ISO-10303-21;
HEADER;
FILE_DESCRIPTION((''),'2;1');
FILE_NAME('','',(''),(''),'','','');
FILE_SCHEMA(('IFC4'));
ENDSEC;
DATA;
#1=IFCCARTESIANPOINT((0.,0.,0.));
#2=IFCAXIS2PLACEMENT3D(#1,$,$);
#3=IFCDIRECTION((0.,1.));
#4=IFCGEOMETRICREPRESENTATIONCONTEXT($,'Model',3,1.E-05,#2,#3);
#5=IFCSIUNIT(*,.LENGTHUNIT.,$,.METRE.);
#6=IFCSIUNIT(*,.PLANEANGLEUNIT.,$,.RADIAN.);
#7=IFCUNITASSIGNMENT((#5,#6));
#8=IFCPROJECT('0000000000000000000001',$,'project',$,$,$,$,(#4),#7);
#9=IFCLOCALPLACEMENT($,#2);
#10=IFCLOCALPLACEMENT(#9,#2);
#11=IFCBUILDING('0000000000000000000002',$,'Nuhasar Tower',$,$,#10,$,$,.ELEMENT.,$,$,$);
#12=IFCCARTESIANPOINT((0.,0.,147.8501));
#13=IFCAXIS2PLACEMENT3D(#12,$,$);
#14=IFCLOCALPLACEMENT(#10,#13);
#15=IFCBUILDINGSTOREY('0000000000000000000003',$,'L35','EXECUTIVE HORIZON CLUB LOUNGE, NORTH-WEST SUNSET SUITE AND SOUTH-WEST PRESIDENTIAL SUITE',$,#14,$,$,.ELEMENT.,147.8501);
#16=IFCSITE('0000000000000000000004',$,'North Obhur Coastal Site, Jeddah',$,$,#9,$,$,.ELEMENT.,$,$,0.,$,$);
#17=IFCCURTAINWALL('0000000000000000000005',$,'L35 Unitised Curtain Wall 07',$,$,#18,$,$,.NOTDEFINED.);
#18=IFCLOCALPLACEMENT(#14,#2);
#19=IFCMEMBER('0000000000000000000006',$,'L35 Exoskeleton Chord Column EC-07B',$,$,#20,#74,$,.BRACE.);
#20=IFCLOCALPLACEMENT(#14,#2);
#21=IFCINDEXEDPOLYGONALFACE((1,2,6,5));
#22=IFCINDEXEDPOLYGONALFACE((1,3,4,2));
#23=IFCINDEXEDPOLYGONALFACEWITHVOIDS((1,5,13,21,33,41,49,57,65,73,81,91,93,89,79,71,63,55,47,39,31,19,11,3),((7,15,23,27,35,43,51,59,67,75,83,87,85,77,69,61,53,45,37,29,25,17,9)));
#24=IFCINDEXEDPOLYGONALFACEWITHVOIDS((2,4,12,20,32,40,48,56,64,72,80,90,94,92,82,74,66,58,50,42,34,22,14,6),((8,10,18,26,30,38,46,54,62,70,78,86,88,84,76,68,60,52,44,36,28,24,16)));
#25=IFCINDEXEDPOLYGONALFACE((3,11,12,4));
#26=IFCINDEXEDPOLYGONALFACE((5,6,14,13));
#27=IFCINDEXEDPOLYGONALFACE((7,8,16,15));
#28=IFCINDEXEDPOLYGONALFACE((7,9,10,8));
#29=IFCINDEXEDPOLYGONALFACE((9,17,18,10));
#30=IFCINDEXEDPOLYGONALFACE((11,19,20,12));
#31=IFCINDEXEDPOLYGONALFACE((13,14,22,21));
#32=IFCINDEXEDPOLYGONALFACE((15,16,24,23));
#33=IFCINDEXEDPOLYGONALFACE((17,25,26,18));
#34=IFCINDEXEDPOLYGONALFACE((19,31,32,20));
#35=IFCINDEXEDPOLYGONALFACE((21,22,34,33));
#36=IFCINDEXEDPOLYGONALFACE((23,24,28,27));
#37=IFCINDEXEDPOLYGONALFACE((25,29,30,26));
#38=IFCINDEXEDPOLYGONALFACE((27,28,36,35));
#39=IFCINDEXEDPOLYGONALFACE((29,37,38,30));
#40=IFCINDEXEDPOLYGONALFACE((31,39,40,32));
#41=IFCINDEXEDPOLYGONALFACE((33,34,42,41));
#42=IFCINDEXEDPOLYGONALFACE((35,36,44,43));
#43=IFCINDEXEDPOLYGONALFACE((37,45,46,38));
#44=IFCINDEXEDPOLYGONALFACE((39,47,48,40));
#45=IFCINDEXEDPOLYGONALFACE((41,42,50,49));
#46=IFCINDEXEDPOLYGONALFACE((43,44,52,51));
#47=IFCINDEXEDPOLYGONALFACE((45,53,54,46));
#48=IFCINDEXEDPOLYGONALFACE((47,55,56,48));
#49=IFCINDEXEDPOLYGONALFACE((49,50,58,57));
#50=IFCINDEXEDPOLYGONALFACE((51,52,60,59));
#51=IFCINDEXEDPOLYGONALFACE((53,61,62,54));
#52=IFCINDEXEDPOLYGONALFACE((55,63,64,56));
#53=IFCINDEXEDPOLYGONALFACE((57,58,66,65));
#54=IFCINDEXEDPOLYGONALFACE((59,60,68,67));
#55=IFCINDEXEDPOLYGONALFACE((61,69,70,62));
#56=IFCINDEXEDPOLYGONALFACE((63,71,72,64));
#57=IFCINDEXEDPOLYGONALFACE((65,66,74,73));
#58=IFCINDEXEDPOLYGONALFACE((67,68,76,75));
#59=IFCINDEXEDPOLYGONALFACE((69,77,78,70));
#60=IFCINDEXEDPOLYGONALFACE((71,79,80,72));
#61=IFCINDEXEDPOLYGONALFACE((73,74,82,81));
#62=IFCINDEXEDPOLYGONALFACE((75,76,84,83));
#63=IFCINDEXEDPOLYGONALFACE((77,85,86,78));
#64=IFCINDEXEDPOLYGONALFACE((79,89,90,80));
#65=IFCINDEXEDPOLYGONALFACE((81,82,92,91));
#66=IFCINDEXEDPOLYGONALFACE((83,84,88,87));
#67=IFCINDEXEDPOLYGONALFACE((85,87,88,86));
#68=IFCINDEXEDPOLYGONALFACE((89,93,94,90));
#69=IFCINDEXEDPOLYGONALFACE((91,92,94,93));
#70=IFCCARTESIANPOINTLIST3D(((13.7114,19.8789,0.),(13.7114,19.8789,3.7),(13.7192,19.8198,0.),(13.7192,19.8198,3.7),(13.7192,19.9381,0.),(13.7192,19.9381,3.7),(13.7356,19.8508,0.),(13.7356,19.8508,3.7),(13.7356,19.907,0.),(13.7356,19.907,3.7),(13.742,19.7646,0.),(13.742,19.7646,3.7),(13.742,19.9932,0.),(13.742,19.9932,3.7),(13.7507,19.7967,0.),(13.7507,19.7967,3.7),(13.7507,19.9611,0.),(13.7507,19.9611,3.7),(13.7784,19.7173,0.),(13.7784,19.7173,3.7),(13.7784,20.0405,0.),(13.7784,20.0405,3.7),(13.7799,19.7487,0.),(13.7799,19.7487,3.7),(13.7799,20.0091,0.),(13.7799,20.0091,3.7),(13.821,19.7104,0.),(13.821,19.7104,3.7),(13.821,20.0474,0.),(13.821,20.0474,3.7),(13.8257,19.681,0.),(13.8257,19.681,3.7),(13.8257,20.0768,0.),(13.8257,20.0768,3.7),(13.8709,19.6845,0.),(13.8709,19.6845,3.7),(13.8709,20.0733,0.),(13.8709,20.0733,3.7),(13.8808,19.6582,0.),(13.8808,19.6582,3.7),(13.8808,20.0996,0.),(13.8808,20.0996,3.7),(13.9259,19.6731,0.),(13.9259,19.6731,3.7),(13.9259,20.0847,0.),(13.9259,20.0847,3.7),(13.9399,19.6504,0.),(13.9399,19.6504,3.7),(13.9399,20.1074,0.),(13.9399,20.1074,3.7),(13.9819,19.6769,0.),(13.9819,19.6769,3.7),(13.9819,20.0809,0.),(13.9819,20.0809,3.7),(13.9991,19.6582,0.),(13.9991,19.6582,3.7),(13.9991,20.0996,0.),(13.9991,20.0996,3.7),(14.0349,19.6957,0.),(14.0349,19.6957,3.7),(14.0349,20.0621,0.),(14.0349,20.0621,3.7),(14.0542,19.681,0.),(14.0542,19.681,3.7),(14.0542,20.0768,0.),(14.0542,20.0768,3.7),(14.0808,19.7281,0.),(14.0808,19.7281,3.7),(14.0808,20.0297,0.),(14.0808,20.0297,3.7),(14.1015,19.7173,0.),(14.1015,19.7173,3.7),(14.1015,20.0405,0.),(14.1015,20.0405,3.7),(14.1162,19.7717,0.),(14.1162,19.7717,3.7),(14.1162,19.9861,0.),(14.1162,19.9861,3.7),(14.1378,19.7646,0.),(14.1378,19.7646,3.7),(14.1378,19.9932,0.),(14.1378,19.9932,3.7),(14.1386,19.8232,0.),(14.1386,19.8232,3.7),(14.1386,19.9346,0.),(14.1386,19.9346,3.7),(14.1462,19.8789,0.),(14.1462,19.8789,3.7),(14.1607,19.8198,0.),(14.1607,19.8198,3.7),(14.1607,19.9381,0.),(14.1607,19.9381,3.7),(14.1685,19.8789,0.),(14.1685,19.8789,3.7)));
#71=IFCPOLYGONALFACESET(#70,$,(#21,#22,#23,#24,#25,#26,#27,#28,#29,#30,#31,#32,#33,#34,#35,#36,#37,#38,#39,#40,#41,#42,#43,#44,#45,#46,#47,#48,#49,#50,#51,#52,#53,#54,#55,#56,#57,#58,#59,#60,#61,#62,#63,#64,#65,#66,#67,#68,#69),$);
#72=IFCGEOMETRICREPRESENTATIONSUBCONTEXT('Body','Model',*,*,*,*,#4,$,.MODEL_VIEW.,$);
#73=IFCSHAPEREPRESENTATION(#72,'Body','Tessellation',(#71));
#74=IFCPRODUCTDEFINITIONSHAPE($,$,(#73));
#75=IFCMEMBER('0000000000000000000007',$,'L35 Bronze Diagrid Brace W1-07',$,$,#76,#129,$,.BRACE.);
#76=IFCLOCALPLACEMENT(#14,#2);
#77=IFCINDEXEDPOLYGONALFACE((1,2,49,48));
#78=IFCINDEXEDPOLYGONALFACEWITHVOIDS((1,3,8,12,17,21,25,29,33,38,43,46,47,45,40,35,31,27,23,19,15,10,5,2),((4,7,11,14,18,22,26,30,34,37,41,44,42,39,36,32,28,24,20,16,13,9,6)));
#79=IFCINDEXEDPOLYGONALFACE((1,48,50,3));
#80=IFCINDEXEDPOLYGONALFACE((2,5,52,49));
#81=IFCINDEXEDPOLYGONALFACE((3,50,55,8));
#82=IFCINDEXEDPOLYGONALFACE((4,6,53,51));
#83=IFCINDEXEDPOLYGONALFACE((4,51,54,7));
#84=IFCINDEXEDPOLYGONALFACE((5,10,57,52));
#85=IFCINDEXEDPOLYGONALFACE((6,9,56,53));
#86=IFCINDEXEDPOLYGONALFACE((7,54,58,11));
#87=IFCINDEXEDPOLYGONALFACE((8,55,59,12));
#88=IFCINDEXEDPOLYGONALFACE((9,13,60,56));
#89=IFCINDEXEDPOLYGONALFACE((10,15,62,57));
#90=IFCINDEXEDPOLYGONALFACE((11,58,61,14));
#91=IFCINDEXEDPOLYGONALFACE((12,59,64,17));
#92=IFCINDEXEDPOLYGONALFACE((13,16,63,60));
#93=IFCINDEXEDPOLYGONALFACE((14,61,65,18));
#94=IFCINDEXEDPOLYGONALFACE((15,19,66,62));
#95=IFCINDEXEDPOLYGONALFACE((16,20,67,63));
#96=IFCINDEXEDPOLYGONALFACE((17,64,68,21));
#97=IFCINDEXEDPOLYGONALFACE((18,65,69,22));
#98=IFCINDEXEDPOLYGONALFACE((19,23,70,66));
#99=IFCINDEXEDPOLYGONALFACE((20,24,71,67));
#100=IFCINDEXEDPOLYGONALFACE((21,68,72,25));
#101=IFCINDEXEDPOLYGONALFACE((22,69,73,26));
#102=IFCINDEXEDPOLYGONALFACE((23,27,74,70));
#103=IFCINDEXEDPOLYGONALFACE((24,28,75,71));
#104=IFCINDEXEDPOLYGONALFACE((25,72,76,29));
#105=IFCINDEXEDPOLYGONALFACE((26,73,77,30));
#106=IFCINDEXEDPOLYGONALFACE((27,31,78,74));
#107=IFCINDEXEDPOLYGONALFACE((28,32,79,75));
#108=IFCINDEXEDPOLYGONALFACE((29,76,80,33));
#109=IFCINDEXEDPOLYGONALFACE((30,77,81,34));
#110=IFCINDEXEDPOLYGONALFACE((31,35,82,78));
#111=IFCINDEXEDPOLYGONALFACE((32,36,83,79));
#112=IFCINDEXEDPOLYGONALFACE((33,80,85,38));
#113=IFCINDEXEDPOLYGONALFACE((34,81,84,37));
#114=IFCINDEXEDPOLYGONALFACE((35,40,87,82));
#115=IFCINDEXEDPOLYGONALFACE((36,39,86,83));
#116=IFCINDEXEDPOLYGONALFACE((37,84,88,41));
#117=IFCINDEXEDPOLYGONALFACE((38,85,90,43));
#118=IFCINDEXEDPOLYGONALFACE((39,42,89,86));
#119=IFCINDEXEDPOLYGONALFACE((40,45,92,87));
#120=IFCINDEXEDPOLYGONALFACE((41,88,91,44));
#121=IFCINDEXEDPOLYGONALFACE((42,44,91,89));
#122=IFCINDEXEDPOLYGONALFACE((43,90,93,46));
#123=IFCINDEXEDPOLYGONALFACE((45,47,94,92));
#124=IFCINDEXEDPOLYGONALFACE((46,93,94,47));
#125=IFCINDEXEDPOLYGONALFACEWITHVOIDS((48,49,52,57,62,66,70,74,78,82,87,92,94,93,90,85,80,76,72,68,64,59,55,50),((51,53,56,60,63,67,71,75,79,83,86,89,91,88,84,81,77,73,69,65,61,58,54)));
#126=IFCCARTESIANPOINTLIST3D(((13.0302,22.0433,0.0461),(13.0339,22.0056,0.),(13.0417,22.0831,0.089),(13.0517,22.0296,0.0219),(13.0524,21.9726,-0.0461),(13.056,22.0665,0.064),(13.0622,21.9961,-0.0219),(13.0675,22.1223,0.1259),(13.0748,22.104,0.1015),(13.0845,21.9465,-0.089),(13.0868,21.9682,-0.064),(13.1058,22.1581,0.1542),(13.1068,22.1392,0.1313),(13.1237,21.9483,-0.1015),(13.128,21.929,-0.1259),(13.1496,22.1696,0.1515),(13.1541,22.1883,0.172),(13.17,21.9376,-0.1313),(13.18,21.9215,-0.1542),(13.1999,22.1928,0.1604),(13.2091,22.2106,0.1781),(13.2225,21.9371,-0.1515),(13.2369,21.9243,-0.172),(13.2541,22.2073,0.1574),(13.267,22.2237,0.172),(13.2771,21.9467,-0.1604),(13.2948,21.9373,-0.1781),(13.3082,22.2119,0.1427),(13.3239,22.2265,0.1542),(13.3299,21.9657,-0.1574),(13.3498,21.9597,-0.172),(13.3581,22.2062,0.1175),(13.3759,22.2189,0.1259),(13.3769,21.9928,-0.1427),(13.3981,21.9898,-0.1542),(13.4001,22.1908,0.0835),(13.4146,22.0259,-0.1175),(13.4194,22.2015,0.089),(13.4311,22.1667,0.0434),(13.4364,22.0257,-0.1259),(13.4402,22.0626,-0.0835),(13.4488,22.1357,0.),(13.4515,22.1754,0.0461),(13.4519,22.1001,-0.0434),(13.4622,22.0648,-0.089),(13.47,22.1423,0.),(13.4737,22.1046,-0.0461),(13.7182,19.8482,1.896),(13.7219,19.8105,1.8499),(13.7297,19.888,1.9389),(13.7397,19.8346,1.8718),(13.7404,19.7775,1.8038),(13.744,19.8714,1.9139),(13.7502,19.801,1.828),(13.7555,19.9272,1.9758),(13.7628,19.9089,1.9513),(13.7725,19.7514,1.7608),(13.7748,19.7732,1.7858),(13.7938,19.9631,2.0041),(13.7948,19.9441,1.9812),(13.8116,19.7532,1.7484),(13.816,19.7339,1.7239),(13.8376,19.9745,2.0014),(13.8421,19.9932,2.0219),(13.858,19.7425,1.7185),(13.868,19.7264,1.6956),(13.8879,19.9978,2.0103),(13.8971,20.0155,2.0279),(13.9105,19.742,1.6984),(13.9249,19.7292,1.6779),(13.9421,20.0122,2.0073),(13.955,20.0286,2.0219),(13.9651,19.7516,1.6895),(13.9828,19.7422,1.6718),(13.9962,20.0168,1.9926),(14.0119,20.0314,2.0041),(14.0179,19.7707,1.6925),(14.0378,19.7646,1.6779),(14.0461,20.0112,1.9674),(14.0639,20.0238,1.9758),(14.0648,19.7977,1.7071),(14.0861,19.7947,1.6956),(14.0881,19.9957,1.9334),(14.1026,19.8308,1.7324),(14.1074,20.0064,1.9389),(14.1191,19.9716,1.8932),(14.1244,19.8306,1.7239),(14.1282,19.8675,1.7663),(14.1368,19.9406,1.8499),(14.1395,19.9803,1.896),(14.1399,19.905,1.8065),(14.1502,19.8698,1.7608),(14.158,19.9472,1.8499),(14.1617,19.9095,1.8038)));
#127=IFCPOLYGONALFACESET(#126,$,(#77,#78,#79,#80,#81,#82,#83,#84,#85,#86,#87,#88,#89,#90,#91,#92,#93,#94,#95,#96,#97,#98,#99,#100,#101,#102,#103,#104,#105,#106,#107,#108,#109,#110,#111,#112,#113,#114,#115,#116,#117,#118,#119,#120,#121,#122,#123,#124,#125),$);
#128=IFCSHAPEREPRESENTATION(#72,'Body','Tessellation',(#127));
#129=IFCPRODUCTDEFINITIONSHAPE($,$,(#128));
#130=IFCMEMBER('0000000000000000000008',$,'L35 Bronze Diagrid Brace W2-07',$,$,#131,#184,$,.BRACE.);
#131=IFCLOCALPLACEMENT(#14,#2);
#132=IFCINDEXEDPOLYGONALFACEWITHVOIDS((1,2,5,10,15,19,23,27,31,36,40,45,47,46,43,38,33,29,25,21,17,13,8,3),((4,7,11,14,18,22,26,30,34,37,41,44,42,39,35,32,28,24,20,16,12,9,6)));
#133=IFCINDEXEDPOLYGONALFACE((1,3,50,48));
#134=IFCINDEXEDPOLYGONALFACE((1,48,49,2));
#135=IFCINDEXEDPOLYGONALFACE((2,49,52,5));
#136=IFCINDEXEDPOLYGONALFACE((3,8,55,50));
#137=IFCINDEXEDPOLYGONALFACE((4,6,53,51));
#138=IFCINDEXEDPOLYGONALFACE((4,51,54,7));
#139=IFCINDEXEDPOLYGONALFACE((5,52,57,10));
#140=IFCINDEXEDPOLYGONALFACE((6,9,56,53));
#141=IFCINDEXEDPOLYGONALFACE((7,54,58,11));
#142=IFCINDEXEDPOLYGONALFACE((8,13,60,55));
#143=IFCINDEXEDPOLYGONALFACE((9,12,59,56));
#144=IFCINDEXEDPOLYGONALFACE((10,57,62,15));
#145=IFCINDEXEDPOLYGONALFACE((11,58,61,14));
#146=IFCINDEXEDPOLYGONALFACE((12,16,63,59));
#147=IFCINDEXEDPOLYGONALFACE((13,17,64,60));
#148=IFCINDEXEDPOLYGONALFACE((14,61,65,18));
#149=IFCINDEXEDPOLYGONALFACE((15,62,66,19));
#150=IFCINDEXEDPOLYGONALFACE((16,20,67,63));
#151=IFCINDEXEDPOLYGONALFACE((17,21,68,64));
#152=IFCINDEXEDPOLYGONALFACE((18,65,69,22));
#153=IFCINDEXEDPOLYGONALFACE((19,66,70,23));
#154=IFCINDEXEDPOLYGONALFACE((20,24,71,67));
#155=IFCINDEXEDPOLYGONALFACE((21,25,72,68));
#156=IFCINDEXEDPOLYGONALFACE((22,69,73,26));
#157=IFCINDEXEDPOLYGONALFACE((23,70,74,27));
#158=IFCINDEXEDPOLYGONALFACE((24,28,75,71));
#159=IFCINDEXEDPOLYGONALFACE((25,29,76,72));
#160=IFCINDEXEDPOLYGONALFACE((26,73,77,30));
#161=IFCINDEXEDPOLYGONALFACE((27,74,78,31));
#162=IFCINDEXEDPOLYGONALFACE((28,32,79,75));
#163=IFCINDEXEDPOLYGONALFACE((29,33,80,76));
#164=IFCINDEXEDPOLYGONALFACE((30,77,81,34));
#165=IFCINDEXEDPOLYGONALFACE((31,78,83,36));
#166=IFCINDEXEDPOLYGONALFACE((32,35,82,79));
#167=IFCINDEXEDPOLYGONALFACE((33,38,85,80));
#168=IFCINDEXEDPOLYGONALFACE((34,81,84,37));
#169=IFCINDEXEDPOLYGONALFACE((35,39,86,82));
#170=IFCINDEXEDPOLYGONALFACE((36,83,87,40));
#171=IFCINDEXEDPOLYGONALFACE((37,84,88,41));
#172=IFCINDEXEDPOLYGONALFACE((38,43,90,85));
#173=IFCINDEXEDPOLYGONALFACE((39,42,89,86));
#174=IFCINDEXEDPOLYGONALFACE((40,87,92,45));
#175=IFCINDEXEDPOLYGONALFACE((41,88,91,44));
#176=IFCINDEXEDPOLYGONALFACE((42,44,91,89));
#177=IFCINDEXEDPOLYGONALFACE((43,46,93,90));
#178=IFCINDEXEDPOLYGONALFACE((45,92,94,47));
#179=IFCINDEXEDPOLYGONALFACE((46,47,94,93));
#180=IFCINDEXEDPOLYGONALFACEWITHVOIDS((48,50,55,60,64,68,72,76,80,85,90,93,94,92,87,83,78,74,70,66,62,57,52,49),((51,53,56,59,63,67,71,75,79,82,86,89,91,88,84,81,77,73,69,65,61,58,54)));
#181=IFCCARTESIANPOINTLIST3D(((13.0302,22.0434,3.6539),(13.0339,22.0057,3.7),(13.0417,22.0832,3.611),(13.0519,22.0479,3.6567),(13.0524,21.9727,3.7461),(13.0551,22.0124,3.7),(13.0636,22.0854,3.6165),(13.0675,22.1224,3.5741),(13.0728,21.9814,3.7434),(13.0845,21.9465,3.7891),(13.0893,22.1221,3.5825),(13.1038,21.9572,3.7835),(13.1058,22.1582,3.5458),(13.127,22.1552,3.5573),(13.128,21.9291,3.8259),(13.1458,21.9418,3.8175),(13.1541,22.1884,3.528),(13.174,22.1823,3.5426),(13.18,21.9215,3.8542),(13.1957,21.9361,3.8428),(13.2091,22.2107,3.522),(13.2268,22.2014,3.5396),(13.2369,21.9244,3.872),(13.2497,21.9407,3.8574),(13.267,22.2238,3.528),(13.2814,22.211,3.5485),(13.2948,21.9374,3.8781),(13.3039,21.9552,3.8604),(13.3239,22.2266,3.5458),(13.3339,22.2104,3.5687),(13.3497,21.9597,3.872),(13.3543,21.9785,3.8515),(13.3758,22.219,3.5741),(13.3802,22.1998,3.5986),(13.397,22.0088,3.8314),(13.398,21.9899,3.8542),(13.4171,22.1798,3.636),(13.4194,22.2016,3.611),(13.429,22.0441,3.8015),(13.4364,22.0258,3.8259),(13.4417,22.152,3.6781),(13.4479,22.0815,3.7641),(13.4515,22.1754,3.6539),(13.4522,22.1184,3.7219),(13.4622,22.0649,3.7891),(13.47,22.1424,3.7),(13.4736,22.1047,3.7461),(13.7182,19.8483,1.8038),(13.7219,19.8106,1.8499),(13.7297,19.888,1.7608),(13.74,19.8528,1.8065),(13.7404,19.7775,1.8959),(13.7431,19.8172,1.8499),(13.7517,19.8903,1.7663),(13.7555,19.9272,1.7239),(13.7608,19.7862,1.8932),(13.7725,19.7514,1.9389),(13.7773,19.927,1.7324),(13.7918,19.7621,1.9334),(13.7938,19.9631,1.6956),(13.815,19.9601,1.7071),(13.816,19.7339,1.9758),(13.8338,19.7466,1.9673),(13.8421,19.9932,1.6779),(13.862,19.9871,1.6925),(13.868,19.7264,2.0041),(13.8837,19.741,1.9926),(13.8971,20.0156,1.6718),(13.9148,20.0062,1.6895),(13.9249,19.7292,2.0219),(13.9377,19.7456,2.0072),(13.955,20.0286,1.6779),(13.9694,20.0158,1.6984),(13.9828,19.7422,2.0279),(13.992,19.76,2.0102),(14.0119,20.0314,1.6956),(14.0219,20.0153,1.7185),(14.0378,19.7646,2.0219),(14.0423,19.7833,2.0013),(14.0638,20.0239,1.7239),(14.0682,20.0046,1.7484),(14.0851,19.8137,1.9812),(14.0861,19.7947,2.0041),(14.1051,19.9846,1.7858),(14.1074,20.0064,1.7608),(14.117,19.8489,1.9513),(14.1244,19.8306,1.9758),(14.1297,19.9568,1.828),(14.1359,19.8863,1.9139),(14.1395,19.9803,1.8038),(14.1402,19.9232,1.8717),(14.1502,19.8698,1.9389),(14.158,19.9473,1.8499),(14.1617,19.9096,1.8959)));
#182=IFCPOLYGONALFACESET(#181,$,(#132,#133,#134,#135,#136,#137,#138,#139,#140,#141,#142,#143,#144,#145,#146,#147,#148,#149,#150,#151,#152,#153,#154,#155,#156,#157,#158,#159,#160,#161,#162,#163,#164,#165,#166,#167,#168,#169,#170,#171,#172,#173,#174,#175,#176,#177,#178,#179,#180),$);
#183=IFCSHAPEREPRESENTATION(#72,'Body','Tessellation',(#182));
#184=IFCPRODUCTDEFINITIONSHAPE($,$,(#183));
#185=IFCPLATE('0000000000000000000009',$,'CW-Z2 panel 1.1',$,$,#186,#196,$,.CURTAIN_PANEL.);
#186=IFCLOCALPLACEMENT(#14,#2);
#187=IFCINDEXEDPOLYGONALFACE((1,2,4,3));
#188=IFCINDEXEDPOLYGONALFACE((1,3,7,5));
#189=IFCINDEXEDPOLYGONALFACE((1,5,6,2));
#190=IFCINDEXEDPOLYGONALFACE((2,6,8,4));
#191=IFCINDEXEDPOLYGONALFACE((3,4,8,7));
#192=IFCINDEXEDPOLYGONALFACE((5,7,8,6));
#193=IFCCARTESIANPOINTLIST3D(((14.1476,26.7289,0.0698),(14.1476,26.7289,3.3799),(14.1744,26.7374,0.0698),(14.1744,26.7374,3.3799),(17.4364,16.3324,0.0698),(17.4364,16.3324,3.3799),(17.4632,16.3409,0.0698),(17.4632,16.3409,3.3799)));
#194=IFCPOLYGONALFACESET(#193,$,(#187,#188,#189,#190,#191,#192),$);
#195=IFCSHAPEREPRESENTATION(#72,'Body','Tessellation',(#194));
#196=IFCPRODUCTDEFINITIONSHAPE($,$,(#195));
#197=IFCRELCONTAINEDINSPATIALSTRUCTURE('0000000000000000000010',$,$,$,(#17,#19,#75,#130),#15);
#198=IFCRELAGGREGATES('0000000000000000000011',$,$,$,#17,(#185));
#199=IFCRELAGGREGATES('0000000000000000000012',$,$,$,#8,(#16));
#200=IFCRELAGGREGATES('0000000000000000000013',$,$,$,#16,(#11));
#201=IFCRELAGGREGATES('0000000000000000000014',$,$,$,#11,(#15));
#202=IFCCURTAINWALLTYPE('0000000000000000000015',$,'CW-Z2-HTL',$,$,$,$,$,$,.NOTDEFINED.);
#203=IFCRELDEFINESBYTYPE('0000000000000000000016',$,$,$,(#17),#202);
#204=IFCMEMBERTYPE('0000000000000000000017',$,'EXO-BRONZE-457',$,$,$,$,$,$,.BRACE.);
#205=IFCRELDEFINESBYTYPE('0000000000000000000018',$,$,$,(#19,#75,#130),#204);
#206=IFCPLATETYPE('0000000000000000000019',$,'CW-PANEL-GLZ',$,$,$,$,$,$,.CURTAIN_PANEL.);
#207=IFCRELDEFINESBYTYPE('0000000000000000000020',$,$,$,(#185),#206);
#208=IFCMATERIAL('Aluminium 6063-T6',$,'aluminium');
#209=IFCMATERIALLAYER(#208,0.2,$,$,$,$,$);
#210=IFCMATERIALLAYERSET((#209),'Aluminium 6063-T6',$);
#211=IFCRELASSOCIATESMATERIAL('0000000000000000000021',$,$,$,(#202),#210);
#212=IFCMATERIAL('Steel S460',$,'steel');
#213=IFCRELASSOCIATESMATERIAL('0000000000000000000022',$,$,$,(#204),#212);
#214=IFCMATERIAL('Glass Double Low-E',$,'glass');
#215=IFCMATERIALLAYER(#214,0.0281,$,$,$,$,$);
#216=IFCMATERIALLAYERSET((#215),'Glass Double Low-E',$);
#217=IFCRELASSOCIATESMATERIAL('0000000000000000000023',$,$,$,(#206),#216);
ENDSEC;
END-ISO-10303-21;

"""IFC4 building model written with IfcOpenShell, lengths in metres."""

from ifc_helpers import new_model, si_unit, direction, frame, origin, origin_2d, place, context, subcontext, project, spatial, rectangle, hollow_circle, extrude, material, layer, layer_set, material_profile, profile_set, type_object, element, aggregate, save


model = new_model("IFC4")

# Units and contexts
model_context = context("Model", 3, precision=1e-05, world=origin(), true_north=direction((0.0, 1.0)))
body_context = subcontext(model_context, "Body", "Model", "MODEL_VIEW")
ifc_project = project(units=[si_unit("LENGTHUNIT", "METRE"), si_unit("PLANEANGLEUNIT", "RADIAN")], contexts=[model_context])

# Site, building, storey
site_placement = place(None, origin())
site = spatial("IfcSite", under=ifc_project, at=site_placement, Name="North Obhur Coastal Site, Jeddah", CompositionType="ELEMENT", RefElevation=0.0)
building_placement = place(site_placement, origin())
building = spatial("IfcBuilding", under=site, at=building_placement, Name="Nuhasar Tower", CompositionType="ELEMENT")
storey_placement = place(building_placement, frame((0.0, 0.0, 147.8501)))
storey = spatial("IfcBuildingStorey", under=building, at=storey_placement, Name="L35", Description="EXECUTIVE HORIZON CLUB LOUNGE, NORTH-WEST SUNSET SUITE AND SOUTH-WEST PRESIDENTIAL SUITE", CompositionType="ELEMENT", Elevation=147.8501)

# Curtain wall
ifc_material_1 = material(Name="Aluminium 6063-T6", Category="aluminium")
ifc_layer_1 = layer(ifc_material_1, 0.2)
ifc_layer_set_1 = layer_set([ifc_layer_1], Name="Aluminium 6063-T6")
curtain_wall_type = type_object("IfcCurtainWallType", Name="CW-Z2-HTL", PredefinedType="NOTDEFINED", material=ifc_layer_set_1)
curtain_wall_1_placement = place(storey_placement, origin())
curtain_wall_1 = element("IfcCurtainWall", 1, at=curtain_wall_1_placement, inside=storey, type_object=curtain_wall_type, Name="L35 Unitised Curtain Wall 07", PredefinedType="NOTDEFINED")

# Members
ifc_material_2 = material(Name="Steel S460", Category="steel")
ifc_material_profile_1 = material_profile(ifc_material_2, hollow_circle(Radius=0.2285, WallThickness=0.0222, at=origin_2d()), Name="HSS457X22.2")
ifc_profile_set_1 = profile_set([ifc_material_profile_1], Name="Steel S460")
member_type_1 = type_object("IfcMemberType", Name="EXO-BRONZE-457", PredefinedType="BRACE", material=ifc_profile_set_1)
for number, where, z_axis, x_axis, name in (
    (2, (13.9399, 19.8789, 0.0), (0.0, 0.0, 1.0), (1.0, 0.0, 0.0), "L35 Exoskeleton Chord Column EC-07B"),
):
    element("IfcMember", number, at=place(storey_placement, frame(where, z_axis=z_axis, x_axis=x_axis)), inside=storey, type_object=member_type_1, Name=name, PredefinedType="BRACE", context=body_context, shape_type="SweptSolid", body=[
        extrude(hollow_circle(Radius=0.2285, WallThickness=0.0222, at=origin_2d()), origin(), (0.0, 0.0, 1.0), 3.7),
    ])
member_1_placement = place(storey_placement, frame((13.252, 22.074, 0.0), z_axis=(0.233068, -0.743616, 0.626669), x_axis=(0.954228, 0.299079, 0.0)))
element("IfcMember", 3, at=member_1_placement, inside=storey, type_object=member_type_1, Name="L35 Bronze Diagrid Brace W1-07", PredefinedType="BRACE", context=body_context, shape_type="SweptSolid", body=[
    extrude(hollow_circle(Radius=0.2285, WallThickness=0.0222, at=origin_2d()), origin(), (0.0, 0.0, 1.0), 2.9519),
])
member_2_placement = place(storey_placement, frame((13.9399, 19.8789, 1.8499), z_axis=(-0.233056, 0.743578, 0.626719), x_axis=(-0.954228, -0.299079, 0.0)))
element("IfcMember", 4, at=member_2_placement, inside=storey, type_object=member_type_1, Name="L35 Bronze Diagrid Brace W2-07", PredefinedType="BRACE", context=body_context, shape_type="SweptSolid", body=[
    extrude(hollow_circle(Radius=0.2285, WallThickness=0.0222, at=origin_2d()), origin(), (0.0, 0.0, 1.0), 2.9521),
])

# Plate
ifc_material_3 = material(Name="Glass Double Low-E", Category="glass")
ifc_layer_2 = layer(ifc_material_3, 0.0281)
ifc_layer_set_2 = layer_set([ifc_layer_2], Name="Glass Double Low-E")
plate_type = type_object("IfcPlateType", Name="CW-PANEL-GLZ", PredefinedType="CURTAIN_PANEL", material=ifc_layer_set_2)
plate_placement = place(storey_placement, frame((15.8054, 21.5349, 0.0698), z_axis=(0.0, 0.0, 1.0), x_axis=(0.301604, -0.953433, 0.0)))
plate = element("IfcPlate", 5, at=plate_placement, type_object=plate_type, Name="CW-Z2 panel 1.1", PredefinedType="CURTAIN_PANEL", context=body_context, shape_type="SweptSolid", body=[
    extrude(rectangle(XDim=10.9043, YDim=0.0281, at=origin_2d()), origin(), (0.0, 0.0, 1.0), 3.3101),
])
aggregate(curtain_wall_1, [plate])

save(model, "model.ifc")
